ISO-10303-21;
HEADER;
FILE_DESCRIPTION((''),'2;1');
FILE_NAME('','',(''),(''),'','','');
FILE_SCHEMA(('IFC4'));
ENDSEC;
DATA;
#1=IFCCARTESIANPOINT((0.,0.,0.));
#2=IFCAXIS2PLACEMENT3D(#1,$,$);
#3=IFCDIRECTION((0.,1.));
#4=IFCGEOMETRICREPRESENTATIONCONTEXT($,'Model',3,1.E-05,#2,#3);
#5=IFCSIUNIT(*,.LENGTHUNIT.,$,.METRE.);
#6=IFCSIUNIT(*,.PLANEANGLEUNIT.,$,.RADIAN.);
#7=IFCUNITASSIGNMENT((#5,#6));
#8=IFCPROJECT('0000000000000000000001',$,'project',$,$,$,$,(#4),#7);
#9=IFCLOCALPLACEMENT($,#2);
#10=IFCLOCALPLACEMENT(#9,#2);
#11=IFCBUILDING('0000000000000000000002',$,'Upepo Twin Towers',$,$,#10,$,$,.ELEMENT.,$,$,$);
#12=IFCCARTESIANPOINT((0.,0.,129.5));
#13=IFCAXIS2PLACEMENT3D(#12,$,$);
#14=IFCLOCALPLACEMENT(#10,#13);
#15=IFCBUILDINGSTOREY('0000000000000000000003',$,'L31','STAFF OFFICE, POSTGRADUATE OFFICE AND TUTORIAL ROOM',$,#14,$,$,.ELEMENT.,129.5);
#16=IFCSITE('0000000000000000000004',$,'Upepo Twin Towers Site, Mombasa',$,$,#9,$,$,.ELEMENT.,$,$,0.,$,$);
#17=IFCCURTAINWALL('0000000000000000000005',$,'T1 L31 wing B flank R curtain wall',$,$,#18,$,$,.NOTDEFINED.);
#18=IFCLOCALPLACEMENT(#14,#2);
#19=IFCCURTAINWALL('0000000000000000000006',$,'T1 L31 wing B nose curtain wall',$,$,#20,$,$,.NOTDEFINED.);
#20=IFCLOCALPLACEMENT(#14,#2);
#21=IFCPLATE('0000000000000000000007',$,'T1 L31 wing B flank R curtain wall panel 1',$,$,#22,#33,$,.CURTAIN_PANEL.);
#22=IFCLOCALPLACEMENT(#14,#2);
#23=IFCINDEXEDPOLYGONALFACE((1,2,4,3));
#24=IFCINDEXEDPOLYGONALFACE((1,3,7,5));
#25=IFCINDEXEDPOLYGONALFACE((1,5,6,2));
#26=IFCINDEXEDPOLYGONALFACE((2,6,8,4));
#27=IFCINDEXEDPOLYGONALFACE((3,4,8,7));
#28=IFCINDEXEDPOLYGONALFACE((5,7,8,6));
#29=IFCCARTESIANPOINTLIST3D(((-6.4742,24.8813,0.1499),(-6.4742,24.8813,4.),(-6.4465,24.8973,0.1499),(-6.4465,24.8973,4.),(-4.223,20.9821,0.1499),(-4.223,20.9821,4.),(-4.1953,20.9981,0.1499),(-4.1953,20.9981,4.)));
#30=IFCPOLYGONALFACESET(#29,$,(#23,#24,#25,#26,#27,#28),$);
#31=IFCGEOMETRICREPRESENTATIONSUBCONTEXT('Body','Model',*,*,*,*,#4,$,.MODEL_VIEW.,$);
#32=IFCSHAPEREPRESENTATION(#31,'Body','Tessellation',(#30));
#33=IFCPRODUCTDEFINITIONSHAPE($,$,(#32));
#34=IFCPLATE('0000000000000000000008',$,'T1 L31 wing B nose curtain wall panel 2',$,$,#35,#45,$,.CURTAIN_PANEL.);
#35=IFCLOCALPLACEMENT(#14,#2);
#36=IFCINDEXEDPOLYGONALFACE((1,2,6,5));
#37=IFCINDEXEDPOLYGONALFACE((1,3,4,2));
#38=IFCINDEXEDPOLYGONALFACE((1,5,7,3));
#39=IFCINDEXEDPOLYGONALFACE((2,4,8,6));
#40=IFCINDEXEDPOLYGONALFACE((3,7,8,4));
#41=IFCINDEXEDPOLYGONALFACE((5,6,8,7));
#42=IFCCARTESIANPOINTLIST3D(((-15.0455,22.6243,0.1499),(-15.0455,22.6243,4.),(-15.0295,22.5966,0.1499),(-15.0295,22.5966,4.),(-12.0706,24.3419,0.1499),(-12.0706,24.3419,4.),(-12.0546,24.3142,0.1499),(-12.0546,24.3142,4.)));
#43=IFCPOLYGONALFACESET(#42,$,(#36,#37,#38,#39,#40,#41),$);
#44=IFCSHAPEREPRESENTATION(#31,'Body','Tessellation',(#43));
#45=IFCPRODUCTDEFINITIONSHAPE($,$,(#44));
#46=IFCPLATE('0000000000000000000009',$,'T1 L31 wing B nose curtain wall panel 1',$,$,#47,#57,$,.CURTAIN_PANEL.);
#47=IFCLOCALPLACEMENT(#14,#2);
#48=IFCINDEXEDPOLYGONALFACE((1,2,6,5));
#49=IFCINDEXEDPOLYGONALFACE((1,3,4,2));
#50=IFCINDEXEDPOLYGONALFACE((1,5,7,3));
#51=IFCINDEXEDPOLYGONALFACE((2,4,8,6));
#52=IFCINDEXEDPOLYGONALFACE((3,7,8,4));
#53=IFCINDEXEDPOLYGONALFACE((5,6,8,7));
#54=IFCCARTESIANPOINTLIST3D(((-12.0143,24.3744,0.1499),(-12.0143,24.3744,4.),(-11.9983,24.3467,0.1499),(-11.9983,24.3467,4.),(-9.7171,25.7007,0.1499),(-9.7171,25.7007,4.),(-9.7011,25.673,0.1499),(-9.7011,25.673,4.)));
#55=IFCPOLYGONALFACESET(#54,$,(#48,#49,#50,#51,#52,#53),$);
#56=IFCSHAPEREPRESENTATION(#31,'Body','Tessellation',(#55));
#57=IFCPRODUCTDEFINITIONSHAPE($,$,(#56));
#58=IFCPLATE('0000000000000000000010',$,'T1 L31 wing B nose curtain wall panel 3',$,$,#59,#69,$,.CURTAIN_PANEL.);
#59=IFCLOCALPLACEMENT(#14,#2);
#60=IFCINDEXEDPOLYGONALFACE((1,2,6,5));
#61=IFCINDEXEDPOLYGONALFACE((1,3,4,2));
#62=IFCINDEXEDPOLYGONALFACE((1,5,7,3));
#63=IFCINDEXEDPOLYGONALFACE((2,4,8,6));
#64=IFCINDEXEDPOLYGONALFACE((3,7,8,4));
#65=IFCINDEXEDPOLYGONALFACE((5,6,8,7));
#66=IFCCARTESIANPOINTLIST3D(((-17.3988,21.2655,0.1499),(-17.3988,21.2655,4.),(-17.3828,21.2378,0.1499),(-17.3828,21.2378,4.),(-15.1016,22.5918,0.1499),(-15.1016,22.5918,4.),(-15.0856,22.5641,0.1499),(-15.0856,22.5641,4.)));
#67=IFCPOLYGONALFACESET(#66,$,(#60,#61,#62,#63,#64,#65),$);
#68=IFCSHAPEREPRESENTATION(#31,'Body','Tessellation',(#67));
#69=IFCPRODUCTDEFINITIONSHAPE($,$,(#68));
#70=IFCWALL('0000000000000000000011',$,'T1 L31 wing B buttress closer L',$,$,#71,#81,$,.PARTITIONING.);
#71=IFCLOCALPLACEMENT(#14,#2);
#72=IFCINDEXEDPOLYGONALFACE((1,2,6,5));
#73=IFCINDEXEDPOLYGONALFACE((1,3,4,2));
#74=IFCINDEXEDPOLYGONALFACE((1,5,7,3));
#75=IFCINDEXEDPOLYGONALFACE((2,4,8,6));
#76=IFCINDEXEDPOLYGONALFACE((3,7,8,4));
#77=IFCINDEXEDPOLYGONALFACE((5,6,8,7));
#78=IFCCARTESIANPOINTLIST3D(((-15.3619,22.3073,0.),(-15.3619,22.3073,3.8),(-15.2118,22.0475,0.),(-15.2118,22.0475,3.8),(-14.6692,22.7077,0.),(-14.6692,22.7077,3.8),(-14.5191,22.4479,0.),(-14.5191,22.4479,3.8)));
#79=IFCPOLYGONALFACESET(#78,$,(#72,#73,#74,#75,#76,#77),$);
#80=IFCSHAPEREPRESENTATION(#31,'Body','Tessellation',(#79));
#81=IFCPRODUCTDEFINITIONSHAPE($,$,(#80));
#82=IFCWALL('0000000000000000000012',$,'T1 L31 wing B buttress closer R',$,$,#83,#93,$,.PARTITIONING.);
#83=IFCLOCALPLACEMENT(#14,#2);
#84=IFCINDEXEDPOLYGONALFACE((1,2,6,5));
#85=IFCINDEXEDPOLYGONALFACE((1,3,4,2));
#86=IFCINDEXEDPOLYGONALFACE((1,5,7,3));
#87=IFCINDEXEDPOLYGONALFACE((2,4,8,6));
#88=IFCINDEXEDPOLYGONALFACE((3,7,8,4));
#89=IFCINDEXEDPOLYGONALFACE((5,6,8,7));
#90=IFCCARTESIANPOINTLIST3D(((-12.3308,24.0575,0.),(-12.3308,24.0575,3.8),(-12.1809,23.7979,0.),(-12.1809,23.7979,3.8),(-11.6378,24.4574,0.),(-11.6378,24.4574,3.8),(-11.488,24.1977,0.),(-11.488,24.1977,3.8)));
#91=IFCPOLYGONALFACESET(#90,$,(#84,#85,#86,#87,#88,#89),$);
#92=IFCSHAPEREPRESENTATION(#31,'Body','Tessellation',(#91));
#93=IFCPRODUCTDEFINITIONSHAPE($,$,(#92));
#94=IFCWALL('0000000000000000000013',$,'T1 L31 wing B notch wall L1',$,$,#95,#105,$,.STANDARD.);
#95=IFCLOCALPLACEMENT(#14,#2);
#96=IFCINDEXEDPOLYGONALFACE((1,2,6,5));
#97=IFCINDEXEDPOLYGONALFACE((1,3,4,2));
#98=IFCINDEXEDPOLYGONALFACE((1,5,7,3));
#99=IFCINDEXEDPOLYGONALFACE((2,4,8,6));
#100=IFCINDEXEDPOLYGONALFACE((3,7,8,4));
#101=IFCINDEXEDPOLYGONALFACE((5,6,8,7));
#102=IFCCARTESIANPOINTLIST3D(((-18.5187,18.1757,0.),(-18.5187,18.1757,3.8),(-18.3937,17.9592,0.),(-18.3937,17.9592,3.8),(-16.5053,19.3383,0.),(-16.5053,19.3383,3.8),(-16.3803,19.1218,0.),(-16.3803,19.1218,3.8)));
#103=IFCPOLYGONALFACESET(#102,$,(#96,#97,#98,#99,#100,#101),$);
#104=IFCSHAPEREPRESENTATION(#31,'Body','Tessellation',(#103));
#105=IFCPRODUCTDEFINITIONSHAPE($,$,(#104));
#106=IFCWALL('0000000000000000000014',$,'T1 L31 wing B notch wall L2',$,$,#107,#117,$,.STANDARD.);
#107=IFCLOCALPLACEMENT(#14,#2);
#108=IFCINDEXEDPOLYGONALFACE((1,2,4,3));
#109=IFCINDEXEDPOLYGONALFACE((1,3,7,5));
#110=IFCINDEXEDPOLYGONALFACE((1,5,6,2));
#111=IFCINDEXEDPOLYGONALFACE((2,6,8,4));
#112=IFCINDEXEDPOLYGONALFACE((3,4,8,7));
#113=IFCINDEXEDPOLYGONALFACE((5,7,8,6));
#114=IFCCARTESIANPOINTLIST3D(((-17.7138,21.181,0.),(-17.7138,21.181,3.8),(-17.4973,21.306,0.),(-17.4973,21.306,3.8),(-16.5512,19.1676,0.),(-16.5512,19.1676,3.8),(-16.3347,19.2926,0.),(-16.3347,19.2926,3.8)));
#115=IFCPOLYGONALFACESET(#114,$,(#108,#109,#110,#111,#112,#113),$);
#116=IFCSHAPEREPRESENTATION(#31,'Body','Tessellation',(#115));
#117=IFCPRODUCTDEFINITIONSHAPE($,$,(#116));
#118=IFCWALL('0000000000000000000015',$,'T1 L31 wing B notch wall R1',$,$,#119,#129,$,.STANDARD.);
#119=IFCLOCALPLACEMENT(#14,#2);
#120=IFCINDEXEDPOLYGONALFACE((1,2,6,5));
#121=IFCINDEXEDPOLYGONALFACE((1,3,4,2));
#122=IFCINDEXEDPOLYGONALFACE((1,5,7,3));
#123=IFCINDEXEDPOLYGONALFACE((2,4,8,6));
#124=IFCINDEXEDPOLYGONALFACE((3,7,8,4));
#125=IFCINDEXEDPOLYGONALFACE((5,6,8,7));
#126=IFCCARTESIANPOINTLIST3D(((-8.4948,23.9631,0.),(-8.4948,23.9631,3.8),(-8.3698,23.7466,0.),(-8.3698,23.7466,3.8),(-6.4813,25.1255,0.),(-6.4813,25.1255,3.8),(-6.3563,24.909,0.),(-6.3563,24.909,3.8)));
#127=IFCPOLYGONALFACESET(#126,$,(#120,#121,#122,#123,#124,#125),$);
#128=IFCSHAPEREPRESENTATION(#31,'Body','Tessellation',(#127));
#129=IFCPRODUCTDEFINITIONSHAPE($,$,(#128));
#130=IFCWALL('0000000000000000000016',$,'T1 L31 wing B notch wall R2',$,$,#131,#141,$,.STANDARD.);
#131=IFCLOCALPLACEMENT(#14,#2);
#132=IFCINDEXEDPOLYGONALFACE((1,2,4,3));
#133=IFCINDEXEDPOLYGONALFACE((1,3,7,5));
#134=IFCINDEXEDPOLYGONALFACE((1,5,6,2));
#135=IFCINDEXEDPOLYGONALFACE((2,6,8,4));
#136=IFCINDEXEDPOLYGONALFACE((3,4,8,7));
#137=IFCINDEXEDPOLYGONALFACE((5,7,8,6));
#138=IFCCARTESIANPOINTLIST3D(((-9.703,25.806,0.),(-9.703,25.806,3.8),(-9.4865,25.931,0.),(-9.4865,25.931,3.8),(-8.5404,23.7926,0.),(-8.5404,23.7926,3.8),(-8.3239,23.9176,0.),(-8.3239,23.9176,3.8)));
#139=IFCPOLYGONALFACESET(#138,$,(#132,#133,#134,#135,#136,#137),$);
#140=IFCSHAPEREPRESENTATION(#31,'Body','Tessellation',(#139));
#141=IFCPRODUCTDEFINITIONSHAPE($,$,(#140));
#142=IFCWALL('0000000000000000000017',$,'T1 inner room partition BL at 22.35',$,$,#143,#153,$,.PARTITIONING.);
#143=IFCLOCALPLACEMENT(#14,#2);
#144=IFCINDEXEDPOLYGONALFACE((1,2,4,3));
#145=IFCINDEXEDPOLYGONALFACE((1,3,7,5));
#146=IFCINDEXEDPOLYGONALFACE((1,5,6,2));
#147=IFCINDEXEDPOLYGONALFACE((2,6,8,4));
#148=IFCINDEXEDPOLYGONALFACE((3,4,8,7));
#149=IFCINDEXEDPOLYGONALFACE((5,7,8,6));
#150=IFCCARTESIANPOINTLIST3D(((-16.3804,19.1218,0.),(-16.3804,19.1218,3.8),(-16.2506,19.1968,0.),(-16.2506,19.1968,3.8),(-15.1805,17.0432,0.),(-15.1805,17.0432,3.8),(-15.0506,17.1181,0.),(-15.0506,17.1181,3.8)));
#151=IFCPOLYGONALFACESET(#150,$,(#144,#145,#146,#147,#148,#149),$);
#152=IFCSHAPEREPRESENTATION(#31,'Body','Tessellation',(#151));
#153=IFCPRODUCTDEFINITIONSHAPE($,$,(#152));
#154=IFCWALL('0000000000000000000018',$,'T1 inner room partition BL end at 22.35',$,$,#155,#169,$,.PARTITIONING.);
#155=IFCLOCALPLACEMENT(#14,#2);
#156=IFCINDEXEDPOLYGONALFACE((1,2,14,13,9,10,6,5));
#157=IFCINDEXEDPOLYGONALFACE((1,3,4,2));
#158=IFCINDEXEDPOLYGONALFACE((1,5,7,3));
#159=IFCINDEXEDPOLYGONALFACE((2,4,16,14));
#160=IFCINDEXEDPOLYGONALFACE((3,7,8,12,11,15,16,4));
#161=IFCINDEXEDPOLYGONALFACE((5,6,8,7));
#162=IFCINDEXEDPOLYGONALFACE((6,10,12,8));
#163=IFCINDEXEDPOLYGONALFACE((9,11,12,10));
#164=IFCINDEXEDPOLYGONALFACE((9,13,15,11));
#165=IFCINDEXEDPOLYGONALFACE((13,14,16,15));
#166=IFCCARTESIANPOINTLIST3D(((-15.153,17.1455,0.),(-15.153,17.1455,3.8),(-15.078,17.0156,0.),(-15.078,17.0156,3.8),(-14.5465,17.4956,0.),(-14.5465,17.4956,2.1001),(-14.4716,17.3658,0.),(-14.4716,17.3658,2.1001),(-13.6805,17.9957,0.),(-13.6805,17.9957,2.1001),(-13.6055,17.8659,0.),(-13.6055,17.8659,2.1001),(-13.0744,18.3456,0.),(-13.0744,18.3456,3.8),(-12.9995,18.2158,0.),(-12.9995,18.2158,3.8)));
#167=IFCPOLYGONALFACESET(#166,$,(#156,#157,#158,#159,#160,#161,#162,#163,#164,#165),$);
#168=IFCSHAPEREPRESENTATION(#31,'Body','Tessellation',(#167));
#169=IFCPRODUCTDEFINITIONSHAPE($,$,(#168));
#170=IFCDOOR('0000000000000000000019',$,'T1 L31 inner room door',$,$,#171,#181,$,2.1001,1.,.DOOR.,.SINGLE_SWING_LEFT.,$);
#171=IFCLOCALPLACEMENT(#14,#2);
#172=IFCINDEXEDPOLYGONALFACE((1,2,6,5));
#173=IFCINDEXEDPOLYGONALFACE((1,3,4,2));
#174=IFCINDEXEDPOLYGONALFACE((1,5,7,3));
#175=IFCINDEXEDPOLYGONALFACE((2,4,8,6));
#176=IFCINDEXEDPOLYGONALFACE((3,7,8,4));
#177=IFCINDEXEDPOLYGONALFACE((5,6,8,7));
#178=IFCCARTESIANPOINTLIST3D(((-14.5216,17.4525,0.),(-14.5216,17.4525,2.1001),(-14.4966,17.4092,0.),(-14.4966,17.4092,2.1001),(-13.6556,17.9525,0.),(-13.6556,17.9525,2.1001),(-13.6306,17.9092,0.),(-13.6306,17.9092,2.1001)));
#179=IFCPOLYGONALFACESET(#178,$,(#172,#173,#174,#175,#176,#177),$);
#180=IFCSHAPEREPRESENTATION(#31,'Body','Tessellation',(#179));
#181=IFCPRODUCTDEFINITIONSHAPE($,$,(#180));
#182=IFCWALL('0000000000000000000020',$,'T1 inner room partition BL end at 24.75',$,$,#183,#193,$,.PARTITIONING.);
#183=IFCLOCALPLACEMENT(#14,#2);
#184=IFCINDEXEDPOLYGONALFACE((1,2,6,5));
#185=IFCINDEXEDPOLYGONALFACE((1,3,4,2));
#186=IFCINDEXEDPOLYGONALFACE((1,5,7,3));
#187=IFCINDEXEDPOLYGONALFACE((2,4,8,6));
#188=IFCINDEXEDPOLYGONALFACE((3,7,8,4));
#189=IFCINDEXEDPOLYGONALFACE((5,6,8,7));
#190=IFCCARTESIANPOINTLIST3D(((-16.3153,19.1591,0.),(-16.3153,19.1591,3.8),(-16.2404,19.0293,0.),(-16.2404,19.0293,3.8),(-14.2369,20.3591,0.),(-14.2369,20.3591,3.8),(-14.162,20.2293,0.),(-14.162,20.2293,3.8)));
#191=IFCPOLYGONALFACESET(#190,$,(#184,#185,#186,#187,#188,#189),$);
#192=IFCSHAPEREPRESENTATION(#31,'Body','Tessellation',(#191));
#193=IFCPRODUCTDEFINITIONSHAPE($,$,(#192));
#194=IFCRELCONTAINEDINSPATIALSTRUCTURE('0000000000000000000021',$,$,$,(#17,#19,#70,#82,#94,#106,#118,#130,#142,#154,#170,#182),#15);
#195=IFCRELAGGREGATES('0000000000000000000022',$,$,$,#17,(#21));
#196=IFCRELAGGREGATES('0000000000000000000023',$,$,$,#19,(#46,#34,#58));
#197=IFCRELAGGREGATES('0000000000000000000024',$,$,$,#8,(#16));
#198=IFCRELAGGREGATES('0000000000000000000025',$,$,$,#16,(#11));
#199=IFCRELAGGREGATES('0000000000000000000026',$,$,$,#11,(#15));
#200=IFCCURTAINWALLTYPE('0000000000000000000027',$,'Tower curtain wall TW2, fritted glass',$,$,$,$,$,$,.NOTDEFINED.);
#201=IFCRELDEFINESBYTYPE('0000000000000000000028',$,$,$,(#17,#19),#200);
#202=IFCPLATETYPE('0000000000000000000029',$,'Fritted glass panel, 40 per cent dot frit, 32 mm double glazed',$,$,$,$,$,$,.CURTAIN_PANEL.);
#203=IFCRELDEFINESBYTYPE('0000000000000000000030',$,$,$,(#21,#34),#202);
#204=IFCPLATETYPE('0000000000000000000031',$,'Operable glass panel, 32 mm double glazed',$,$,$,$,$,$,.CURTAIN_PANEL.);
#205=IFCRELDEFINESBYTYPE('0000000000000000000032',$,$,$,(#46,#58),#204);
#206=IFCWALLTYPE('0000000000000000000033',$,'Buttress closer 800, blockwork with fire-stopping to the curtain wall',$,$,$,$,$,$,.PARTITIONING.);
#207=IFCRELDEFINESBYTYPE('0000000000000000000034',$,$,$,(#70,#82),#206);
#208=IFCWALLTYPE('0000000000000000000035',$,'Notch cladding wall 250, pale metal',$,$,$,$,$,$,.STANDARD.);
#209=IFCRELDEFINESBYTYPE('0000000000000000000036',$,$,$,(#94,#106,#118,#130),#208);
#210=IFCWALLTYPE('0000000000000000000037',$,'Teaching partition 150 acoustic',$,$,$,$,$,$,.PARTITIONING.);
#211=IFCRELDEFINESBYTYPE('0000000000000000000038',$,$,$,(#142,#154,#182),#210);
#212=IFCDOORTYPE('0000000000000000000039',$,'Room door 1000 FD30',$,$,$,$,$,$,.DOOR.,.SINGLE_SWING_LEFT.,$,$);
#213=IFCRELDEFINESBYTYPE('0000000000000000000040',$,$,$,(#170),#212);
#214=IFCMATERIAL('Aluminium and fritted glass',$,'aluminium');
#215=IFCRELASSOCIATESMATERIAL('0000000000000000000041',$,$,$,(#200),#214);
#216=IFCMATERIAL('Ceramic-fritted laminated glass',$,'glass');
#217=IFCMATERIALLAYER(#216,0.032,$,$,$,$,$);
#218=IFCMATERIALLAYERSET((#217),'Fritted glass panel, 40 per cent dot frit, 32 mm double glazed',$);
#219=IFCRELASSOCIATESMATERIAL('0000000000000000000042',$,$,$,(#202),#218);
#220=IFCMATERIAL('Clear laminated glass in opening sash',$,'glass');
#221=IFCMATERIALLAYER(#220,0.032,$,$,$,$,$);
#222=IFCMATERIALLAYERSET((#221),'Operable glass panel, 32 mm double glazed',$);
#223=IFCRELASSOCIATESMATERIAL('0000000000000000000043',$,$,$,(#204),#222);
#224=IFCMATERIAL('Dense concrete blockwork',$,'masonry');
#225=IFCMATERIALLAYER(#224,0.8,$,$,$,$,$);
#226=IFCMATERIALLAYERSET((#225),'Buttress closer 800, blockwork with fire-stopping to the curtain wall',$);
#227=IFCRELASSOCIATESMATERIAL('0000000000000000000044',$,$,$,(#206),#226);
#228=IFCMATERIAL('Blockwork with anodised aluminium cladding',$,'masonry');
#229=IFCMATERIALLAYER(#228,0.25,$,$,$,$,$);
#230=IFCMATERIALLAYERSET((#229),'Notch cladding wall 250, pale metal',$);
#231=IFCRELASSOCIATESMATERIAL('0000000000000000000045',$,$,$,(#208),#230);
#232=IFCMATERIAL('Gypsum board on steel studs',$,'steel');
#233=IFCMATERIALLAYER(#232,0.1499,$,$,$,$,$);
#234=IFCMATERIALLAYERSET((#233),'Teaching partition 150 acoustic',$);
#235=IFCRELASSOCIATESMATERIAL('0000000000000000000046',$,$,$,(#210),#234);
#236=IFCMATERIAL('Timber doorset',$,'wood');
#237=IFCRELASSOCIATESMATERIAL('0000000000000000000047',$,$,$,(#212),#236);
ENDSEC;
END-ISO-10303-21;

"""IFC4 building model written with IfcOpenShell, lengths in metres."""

from ifc_helpers import new_model, si_unit, direction, frame, frame_2d, origin, origin_2d, place, context, subcontext, project, spatial, rectangle, extrude, material, layer, layer_set, type_object, element, fill, aggregate, save


model = new_model("IFC4")

# Units and contexts
model_context = context("Model", 3, precision=1e-05, world=origin(), true_north=direction((0.0, 1.0)))
body_context = subcontext(model_context, "Body", "Model", "MODEL_VIEW")
ifc_project = project(units=[si_unit("LENGTHUNIT", "METRE"), si_unit("PLANEANGLEUNIT", "RADIAN")], contexts=[model_context])

# Site, building, storey
site_placement = place(None, origin())
site = spatial("IfcSite", under=ifc_project, at=site_placement, Name="Upepo Twin Towers Site, Mombasa", CompositionType="ELEMENT", RefElevation=0.0)
building_placement = place(site_placement, origin())
building = spatial("IfcBuilding", under=site, at=building_placement, Name="Upepo Twin Towers", CompositionType="ELEMENT")
storey_placement = place(building_placement, frame((0.0, 0.0, 129.5)))
storey = spatial("IfcBuildingStorey", under=building, at=storey_placement, Name="L31", Description="STAFF OFFICE, POSTGRADUATE OFFICE AND TUTORIAL ROOM", CompositionType="ELEMENT", Elevation=129.5)

# Shared definitions
ifc_material_1 = material(Name="Aluminium and fritted glass", Category="aluminium")
curtain_wall_type = type_object("IfcCurtainWallType", Name="Tower curtain wall TW2, fritted glass", PredefinedType="NOTDEFINED", material=ifc_material_1)

# Curtain walls
curtain_wall_1_placement = place(storey_placement, origin())
curtain_wall_1 = element("IfcCurtainWall", 1, at=curtain_wall_1_placement, inside=storey, type_object=curtain_wall_type, Name="T1 L31 wing B flank R curtain wall", PredefinedType="NOTDEFINED")
curtain_wall_2_placement = place(storey_placement, origin())
curtain_wall_2 = element("IfcCurtainWall", 2, at=curtain_wall_2_placement, inside=storey, type_object=curtain_wall_type, Name="T1 L31 wing B nose curtain wall", PredefinedType="NOTDEFINED")

# Plates
ifc_material_2 = material(Name="Ceramic-fritted laminated glass", Category="glass")
ifc_layer_1 = layer(ifc_material_2, 0.032)
ifc_layer_set_1 = layer_set([ifc_layer_1], Name="Fritted glass panel, 40 per cent dot frit, 32 mm double glazed")
plate_type_1 = type_object("IfcPlateType", Name="Fritted glass panel, 40 per cent dot frit, 32 mm double glazed", PredefinedType="CURTAIN_PANEL", material=ifc_layer_set_1)
plate_1_placement = place(storey_placement, frame((-5.3347, 22.9397, 0.1499), z_axis=(0.0, 0.0, 1.0), x_axis=(0.5, -0.866025, 0.0)))
plate_1 = element("IfcPlate", 3, at=plate_1_placement, type_object=plate_type_1, Name="T1 L31 wing B flank R curtain wall panel 1", PredefinedType="CURTAIN_PANEL", context=body_context, shape_type="SweptSolid", body=[
    extrude(rectangle(XDim=4.5024, YDim=0.032, at=origin_2d()), origin(), (0.0, 0.0, 1.0), 3.8501),
])
aggregate(curtain_wall_1, [plate_1])
plate_2_placement = place(storey_placement, frame((-13.55, 23.4692, 0.1499), z_axis=(0.0, 0.0, 1.0), x_axis=(-0.866025, -0.5, 0.0)))
plate_2 = element("IfcPlate", 4, at=plate_2_placement, type_object=plate_type_1, Name="T1 L31 wing B nose curtain wall panel 2", PredefinedType="CURTAIN_PANEL", context=body_context, shape_type="SweptSolid", body=[
    extrude(rectangle(XDim=3.4351, YDim=0.032, at=origin_2d()), origin(), (0.0, 0.0, 1.0), 3.8501),
])
ifc_material_3 = material(Name="Clear laminated glass in opening sash", Category="glass")
ifc_layer_2 = layer(ifc_material_3, 0.032)
ifc_layer_set_2 = layer_set([ifc_layer_2], Name="Operable glass panel, 32 mm double glazed")
plate_type_2 = type_object("IfcPlateType", Name="Operable glass panel, 32 mm double glazed", PredefinedType="CURTAIN_PANEL", material=ifc_layer_set_2)
plate_3_placement = place(storey_placement, frame((-10.8577, 25.0237, 0.1499), z_axis=(0.0, 0.0, 1.0), x_axis=(-0.866025, -0.5, 0.0)))
plate_3 = element("IfcPlate", 5, at=plate_3_placement, type_object=plate_type_2, Name="T1 L31 wing B nose curtain wall panel 1", PredefinedType="CURTAIN_PANEL", context=body_context, shape_type="SweptSolid", body=[
    extrude(rectangle(XDim=2.6526, YDim=0.032, at=origin_2d()), origin(), (0.0, 0.0, 1.0), 3.8501),
])
plate_4_placement = place(storey_placement, frame((-16.2422, 21.9148, 0.1499), z_axis=(0.0, 0.0, 1.0), x_axis=(-0.866025, -0.5, 0.0)))
plate_4 = element("IfcPlate", 6, at=plate_4_placement, type_object=plate_type_2, Name="T1 L31 wing B nose curtain wall panel 3", PredefinedType="CURTAIN_PANEL", context=body_context, shape_type="SweptSolid", body=[
    extrude(rectangle(XDim=2.6526, YDim=0.032, at=origin_2d()), origin(), (0.0, 0.0, 1.0), 3.8501),
])
aggregate(curtain_wall_2, [plate_3, plate_2, plate_4])

# Walls
ifc_material_4 = material(Name="Dense concrete blockwork", Category="masonry")
ifc_layer_3 = layer(ifc_material_4, 0.8)
ifc_layer_set_3 = layer_set([ifc_layer_3], Name="Buttress closer 800, blockwork with fire-stopping to the curtain wall")
wall_type_1 = type_object("IfcWallType", Name="Buttress closer 800, blockwork with fire-stopping to the curtain wall", PredefinedType="PARTITIONING", material=ifc_layer_set_3)
wall_1_placement = place(storey_placement, frame((-14.8655, 22.2478, 0.0), z_axis=(0.0, 0.0, 1.0), x_axis=(-0.500427, 0.865779, 0.0)))
element("IfcWall", 7, at=wall_1_placement, inside=storey, type_object=wall_type_1, Name="T1 L31 wing B buttress closer L", PredefinedType="PARTITIONING", context=body_context, shape_type="SweptSolid", body=[
    extrude(rectangle(XDim=0.3, YDim=0.8, at=frame_2d((0.1499, 0.0))), origin(), (0.0, 0.0, 1.0), 3.8),
])
wall_2_placement = place(storey_placement, frame((-11.8345, 23.9978, 0.0), z_axis=(0.0, 0.0, 1.0), x_axis=(-0.499816, 0.866131, 0.0)))
element("IfcWall", 8, at=wall_2_placement, inside=storey, type_object=wall_type_1, Name="T1 L31 wing B buttress closer R", PredefinedType="PARTITIONING", context=body_context, shape_type="SweptSolid", body=[
    extrude(rectangle(XDim=0.2998, YDim=0.8, at=frame_2d((0.1499, 0.0))), origin(), (0.0, 0.0, 1.0), 3.8),
])
ifc_material_5 = material(Name="Blockwork with anodised aluminium cladding", Category="masonry")
ifc_layer_4 = layer(ifc_material_5, 0.25)
ifc_layer_set_4 = layer_set([ifc_layer_4], Name="Notch cladding wall 250, pale metal")
wall_type_2 = type_object("IfcWallType", Name="Notch cladding wall 250, pale metal", PredefinedType="STANDARD", material=ifc_layer_set_4)
for number, where, z_axis, x_axis, name in (
    (9, (-18.4563, 18.0674, 0.0), (0.0, 0.0, 1.0), (0.865998, 0.500047, 0.0), "T1 L31 wing B notch wall L1"),
    (10, (-16.4429, 19.23, 0.0), (0.0, 0.0, 1.0), (-0.500047, 0.865998, 0.0), "T1 L31 wing B notch wall L2"),
    (11, (-6.4187, 25.0173, 0.0), (0.0, 0.0, 1.0), (-0.866044, -0.499968, 0.0), "T1 L31 wing B notch wall R1"),
    (12, (-8.4321, 23.855, 0.0), (0.0, 0.0, 1.0), (-0.500047, 0.865998, 0.0), "T1 L31 wing B notch wall R2"),
):
    element("IfcWall", number, at=place(storey_placement, frame(where, z_axis=z_axis, x_axis=x_axis)), inside=storey, type_object=wall_type_2, Name=name, PredefinedType="STANDARD", context=body_context, shape_type="SweptSolid", body=[
        extrude(rectangle(XDim=2.325, YDim=0.25, at=frame_2d((1.1626, 0.0))), origin(), (0.0, 0.0, 1.0), 3.8),
    ])
ifc_material_6 = material(Name="Gypsum board on steel studs", Category="steel")
ifc_layer_5 = layer(ifc_material_6, 0.1499)
ifc_layer_set_5 = layer_set([ifc_layer_5], Name="Teaching partition 150 acoustic")
wall_type_3 = type_object("IfcWallType", Name="Teaching partition 150 acoustic", PredefinedType="PARTITIONING", material=ifc_layer_set_5)
wall_3_placement = place(storey_placement, frame((-15.1155, 17.0806, 0.0), z_axis=(0.0, 0.0, 1.0), x_axis=(-0.499957, 0.86605, 0.0)))
element("IfcWall", 13, at=wall_3_placement, inside=storey, type_object=wall_type_3, Name="T1 inner room partition BL at 22.35", PredefinedType="PARTITIONING", context=body_context, shape_type="SweptSolid", body=[
    extrude(rectangle(XDim=2.4001, YDim=0.1499, at=frame_2d((1.2002, 0.0))), origin(), (0.0, 0.0, 1.0), 3.8),
])

# Wall, opening, door
wall_4_placement = place(storey_placement, frame((-13.0369, 18.2808, 0.0), z_axis=(0.0, 0.0, 1.0), x_axis=(-0.866006, -0.500034, 0.0)))
wall_4 = element("IfcWall", 14, at=wall_4_placement, inside=storey, type_object=wall_type_3, Name="T1 inner room partition BL end at 22.35", PredefinedType="PARTITIONING", context=body_context, shape_type="SweptSolid", body=[
    extrude(rectangle(XDim=2.4001, YDim=0.1499, at=frame_2d((1.2002, 0.0))), origin(), (0.0, 0.0, 1.0), 3.8),
])
opening_placement = place(wall_4_placement, frame((0.7, 0.0, 0.0)))
opening = element("IfcOpeningElement", 15, at=opening_placement, cuts=wall_4, PredefinedType="OPENING", context=body_context, shape_type="SweptSolid", body=[
    extrude(rectangle(XDim=1.0, YDim=2.1001, at=frame_2d((0.5, 1.05))), frame((0.0, 0.085, 0.0), z_axis=(0.0, -1.0, 0.0), x_axis=(1.0, 0.0, 0.0)), (0.0, 0.0, 1.0), 0.1699),
])
ifc_material_7 = material(Name="Timber doorset", Category="wood")
door_type = type_object("IfcDoorType", Name="Room door 1000 FD30", OperationType="SINGLE_SWING_LEFT", PredefinedType="DOOR", material=ifc_material_7)
door_placement = place(opening_placement, origin())
door = element("IfcDoor", 16, at=door_placement, inside=storey, type_object=door_type, Name="T1 L31 inner room door", OperationType="SINGLE_SWING_LEFT", OverallHeight=2.1001, OverallWidth=1.0, PredefinedType="DOOR", context=body_context, shape_type="SweptSolid", body=[
    extrude(rectangle(XDim=1.0, YDim=2.1001, at=frame_2d((0.5, 1.05))), frame((0.0, 0.0249, 0.0), z_axis=(0.0, -1.0, 0.0), x_axis=(1.0, 0.0, 0.0)), (0.0, 0.0, 1.0), 0.05),
])
fill(opening, door)

# Wall
wall_5_placement = place(storey_placement, frame((-14.1995, 20.2942, 0.0), z_axis=(0.0, 0.0, 1.0), x_axis=(-0.866025, -0.500001, 0.0)))
element("IfcWall", 17, at=wall_5_placement, inside=storey, type_object=wall_type_3, Name="T1 inner room partition BL end at 24.75", PredefinedType="PARTITIONING", context=body_context, shape_type="SweptSolid", body=[
    extrude(rectangle(XDim=2.3999, YDim=0.1499, at=frame_2d((1.2, 0.0))), origin(), (0.0, 0.0, 1.0), 3.8),
])

save(model, "model.ifc")
